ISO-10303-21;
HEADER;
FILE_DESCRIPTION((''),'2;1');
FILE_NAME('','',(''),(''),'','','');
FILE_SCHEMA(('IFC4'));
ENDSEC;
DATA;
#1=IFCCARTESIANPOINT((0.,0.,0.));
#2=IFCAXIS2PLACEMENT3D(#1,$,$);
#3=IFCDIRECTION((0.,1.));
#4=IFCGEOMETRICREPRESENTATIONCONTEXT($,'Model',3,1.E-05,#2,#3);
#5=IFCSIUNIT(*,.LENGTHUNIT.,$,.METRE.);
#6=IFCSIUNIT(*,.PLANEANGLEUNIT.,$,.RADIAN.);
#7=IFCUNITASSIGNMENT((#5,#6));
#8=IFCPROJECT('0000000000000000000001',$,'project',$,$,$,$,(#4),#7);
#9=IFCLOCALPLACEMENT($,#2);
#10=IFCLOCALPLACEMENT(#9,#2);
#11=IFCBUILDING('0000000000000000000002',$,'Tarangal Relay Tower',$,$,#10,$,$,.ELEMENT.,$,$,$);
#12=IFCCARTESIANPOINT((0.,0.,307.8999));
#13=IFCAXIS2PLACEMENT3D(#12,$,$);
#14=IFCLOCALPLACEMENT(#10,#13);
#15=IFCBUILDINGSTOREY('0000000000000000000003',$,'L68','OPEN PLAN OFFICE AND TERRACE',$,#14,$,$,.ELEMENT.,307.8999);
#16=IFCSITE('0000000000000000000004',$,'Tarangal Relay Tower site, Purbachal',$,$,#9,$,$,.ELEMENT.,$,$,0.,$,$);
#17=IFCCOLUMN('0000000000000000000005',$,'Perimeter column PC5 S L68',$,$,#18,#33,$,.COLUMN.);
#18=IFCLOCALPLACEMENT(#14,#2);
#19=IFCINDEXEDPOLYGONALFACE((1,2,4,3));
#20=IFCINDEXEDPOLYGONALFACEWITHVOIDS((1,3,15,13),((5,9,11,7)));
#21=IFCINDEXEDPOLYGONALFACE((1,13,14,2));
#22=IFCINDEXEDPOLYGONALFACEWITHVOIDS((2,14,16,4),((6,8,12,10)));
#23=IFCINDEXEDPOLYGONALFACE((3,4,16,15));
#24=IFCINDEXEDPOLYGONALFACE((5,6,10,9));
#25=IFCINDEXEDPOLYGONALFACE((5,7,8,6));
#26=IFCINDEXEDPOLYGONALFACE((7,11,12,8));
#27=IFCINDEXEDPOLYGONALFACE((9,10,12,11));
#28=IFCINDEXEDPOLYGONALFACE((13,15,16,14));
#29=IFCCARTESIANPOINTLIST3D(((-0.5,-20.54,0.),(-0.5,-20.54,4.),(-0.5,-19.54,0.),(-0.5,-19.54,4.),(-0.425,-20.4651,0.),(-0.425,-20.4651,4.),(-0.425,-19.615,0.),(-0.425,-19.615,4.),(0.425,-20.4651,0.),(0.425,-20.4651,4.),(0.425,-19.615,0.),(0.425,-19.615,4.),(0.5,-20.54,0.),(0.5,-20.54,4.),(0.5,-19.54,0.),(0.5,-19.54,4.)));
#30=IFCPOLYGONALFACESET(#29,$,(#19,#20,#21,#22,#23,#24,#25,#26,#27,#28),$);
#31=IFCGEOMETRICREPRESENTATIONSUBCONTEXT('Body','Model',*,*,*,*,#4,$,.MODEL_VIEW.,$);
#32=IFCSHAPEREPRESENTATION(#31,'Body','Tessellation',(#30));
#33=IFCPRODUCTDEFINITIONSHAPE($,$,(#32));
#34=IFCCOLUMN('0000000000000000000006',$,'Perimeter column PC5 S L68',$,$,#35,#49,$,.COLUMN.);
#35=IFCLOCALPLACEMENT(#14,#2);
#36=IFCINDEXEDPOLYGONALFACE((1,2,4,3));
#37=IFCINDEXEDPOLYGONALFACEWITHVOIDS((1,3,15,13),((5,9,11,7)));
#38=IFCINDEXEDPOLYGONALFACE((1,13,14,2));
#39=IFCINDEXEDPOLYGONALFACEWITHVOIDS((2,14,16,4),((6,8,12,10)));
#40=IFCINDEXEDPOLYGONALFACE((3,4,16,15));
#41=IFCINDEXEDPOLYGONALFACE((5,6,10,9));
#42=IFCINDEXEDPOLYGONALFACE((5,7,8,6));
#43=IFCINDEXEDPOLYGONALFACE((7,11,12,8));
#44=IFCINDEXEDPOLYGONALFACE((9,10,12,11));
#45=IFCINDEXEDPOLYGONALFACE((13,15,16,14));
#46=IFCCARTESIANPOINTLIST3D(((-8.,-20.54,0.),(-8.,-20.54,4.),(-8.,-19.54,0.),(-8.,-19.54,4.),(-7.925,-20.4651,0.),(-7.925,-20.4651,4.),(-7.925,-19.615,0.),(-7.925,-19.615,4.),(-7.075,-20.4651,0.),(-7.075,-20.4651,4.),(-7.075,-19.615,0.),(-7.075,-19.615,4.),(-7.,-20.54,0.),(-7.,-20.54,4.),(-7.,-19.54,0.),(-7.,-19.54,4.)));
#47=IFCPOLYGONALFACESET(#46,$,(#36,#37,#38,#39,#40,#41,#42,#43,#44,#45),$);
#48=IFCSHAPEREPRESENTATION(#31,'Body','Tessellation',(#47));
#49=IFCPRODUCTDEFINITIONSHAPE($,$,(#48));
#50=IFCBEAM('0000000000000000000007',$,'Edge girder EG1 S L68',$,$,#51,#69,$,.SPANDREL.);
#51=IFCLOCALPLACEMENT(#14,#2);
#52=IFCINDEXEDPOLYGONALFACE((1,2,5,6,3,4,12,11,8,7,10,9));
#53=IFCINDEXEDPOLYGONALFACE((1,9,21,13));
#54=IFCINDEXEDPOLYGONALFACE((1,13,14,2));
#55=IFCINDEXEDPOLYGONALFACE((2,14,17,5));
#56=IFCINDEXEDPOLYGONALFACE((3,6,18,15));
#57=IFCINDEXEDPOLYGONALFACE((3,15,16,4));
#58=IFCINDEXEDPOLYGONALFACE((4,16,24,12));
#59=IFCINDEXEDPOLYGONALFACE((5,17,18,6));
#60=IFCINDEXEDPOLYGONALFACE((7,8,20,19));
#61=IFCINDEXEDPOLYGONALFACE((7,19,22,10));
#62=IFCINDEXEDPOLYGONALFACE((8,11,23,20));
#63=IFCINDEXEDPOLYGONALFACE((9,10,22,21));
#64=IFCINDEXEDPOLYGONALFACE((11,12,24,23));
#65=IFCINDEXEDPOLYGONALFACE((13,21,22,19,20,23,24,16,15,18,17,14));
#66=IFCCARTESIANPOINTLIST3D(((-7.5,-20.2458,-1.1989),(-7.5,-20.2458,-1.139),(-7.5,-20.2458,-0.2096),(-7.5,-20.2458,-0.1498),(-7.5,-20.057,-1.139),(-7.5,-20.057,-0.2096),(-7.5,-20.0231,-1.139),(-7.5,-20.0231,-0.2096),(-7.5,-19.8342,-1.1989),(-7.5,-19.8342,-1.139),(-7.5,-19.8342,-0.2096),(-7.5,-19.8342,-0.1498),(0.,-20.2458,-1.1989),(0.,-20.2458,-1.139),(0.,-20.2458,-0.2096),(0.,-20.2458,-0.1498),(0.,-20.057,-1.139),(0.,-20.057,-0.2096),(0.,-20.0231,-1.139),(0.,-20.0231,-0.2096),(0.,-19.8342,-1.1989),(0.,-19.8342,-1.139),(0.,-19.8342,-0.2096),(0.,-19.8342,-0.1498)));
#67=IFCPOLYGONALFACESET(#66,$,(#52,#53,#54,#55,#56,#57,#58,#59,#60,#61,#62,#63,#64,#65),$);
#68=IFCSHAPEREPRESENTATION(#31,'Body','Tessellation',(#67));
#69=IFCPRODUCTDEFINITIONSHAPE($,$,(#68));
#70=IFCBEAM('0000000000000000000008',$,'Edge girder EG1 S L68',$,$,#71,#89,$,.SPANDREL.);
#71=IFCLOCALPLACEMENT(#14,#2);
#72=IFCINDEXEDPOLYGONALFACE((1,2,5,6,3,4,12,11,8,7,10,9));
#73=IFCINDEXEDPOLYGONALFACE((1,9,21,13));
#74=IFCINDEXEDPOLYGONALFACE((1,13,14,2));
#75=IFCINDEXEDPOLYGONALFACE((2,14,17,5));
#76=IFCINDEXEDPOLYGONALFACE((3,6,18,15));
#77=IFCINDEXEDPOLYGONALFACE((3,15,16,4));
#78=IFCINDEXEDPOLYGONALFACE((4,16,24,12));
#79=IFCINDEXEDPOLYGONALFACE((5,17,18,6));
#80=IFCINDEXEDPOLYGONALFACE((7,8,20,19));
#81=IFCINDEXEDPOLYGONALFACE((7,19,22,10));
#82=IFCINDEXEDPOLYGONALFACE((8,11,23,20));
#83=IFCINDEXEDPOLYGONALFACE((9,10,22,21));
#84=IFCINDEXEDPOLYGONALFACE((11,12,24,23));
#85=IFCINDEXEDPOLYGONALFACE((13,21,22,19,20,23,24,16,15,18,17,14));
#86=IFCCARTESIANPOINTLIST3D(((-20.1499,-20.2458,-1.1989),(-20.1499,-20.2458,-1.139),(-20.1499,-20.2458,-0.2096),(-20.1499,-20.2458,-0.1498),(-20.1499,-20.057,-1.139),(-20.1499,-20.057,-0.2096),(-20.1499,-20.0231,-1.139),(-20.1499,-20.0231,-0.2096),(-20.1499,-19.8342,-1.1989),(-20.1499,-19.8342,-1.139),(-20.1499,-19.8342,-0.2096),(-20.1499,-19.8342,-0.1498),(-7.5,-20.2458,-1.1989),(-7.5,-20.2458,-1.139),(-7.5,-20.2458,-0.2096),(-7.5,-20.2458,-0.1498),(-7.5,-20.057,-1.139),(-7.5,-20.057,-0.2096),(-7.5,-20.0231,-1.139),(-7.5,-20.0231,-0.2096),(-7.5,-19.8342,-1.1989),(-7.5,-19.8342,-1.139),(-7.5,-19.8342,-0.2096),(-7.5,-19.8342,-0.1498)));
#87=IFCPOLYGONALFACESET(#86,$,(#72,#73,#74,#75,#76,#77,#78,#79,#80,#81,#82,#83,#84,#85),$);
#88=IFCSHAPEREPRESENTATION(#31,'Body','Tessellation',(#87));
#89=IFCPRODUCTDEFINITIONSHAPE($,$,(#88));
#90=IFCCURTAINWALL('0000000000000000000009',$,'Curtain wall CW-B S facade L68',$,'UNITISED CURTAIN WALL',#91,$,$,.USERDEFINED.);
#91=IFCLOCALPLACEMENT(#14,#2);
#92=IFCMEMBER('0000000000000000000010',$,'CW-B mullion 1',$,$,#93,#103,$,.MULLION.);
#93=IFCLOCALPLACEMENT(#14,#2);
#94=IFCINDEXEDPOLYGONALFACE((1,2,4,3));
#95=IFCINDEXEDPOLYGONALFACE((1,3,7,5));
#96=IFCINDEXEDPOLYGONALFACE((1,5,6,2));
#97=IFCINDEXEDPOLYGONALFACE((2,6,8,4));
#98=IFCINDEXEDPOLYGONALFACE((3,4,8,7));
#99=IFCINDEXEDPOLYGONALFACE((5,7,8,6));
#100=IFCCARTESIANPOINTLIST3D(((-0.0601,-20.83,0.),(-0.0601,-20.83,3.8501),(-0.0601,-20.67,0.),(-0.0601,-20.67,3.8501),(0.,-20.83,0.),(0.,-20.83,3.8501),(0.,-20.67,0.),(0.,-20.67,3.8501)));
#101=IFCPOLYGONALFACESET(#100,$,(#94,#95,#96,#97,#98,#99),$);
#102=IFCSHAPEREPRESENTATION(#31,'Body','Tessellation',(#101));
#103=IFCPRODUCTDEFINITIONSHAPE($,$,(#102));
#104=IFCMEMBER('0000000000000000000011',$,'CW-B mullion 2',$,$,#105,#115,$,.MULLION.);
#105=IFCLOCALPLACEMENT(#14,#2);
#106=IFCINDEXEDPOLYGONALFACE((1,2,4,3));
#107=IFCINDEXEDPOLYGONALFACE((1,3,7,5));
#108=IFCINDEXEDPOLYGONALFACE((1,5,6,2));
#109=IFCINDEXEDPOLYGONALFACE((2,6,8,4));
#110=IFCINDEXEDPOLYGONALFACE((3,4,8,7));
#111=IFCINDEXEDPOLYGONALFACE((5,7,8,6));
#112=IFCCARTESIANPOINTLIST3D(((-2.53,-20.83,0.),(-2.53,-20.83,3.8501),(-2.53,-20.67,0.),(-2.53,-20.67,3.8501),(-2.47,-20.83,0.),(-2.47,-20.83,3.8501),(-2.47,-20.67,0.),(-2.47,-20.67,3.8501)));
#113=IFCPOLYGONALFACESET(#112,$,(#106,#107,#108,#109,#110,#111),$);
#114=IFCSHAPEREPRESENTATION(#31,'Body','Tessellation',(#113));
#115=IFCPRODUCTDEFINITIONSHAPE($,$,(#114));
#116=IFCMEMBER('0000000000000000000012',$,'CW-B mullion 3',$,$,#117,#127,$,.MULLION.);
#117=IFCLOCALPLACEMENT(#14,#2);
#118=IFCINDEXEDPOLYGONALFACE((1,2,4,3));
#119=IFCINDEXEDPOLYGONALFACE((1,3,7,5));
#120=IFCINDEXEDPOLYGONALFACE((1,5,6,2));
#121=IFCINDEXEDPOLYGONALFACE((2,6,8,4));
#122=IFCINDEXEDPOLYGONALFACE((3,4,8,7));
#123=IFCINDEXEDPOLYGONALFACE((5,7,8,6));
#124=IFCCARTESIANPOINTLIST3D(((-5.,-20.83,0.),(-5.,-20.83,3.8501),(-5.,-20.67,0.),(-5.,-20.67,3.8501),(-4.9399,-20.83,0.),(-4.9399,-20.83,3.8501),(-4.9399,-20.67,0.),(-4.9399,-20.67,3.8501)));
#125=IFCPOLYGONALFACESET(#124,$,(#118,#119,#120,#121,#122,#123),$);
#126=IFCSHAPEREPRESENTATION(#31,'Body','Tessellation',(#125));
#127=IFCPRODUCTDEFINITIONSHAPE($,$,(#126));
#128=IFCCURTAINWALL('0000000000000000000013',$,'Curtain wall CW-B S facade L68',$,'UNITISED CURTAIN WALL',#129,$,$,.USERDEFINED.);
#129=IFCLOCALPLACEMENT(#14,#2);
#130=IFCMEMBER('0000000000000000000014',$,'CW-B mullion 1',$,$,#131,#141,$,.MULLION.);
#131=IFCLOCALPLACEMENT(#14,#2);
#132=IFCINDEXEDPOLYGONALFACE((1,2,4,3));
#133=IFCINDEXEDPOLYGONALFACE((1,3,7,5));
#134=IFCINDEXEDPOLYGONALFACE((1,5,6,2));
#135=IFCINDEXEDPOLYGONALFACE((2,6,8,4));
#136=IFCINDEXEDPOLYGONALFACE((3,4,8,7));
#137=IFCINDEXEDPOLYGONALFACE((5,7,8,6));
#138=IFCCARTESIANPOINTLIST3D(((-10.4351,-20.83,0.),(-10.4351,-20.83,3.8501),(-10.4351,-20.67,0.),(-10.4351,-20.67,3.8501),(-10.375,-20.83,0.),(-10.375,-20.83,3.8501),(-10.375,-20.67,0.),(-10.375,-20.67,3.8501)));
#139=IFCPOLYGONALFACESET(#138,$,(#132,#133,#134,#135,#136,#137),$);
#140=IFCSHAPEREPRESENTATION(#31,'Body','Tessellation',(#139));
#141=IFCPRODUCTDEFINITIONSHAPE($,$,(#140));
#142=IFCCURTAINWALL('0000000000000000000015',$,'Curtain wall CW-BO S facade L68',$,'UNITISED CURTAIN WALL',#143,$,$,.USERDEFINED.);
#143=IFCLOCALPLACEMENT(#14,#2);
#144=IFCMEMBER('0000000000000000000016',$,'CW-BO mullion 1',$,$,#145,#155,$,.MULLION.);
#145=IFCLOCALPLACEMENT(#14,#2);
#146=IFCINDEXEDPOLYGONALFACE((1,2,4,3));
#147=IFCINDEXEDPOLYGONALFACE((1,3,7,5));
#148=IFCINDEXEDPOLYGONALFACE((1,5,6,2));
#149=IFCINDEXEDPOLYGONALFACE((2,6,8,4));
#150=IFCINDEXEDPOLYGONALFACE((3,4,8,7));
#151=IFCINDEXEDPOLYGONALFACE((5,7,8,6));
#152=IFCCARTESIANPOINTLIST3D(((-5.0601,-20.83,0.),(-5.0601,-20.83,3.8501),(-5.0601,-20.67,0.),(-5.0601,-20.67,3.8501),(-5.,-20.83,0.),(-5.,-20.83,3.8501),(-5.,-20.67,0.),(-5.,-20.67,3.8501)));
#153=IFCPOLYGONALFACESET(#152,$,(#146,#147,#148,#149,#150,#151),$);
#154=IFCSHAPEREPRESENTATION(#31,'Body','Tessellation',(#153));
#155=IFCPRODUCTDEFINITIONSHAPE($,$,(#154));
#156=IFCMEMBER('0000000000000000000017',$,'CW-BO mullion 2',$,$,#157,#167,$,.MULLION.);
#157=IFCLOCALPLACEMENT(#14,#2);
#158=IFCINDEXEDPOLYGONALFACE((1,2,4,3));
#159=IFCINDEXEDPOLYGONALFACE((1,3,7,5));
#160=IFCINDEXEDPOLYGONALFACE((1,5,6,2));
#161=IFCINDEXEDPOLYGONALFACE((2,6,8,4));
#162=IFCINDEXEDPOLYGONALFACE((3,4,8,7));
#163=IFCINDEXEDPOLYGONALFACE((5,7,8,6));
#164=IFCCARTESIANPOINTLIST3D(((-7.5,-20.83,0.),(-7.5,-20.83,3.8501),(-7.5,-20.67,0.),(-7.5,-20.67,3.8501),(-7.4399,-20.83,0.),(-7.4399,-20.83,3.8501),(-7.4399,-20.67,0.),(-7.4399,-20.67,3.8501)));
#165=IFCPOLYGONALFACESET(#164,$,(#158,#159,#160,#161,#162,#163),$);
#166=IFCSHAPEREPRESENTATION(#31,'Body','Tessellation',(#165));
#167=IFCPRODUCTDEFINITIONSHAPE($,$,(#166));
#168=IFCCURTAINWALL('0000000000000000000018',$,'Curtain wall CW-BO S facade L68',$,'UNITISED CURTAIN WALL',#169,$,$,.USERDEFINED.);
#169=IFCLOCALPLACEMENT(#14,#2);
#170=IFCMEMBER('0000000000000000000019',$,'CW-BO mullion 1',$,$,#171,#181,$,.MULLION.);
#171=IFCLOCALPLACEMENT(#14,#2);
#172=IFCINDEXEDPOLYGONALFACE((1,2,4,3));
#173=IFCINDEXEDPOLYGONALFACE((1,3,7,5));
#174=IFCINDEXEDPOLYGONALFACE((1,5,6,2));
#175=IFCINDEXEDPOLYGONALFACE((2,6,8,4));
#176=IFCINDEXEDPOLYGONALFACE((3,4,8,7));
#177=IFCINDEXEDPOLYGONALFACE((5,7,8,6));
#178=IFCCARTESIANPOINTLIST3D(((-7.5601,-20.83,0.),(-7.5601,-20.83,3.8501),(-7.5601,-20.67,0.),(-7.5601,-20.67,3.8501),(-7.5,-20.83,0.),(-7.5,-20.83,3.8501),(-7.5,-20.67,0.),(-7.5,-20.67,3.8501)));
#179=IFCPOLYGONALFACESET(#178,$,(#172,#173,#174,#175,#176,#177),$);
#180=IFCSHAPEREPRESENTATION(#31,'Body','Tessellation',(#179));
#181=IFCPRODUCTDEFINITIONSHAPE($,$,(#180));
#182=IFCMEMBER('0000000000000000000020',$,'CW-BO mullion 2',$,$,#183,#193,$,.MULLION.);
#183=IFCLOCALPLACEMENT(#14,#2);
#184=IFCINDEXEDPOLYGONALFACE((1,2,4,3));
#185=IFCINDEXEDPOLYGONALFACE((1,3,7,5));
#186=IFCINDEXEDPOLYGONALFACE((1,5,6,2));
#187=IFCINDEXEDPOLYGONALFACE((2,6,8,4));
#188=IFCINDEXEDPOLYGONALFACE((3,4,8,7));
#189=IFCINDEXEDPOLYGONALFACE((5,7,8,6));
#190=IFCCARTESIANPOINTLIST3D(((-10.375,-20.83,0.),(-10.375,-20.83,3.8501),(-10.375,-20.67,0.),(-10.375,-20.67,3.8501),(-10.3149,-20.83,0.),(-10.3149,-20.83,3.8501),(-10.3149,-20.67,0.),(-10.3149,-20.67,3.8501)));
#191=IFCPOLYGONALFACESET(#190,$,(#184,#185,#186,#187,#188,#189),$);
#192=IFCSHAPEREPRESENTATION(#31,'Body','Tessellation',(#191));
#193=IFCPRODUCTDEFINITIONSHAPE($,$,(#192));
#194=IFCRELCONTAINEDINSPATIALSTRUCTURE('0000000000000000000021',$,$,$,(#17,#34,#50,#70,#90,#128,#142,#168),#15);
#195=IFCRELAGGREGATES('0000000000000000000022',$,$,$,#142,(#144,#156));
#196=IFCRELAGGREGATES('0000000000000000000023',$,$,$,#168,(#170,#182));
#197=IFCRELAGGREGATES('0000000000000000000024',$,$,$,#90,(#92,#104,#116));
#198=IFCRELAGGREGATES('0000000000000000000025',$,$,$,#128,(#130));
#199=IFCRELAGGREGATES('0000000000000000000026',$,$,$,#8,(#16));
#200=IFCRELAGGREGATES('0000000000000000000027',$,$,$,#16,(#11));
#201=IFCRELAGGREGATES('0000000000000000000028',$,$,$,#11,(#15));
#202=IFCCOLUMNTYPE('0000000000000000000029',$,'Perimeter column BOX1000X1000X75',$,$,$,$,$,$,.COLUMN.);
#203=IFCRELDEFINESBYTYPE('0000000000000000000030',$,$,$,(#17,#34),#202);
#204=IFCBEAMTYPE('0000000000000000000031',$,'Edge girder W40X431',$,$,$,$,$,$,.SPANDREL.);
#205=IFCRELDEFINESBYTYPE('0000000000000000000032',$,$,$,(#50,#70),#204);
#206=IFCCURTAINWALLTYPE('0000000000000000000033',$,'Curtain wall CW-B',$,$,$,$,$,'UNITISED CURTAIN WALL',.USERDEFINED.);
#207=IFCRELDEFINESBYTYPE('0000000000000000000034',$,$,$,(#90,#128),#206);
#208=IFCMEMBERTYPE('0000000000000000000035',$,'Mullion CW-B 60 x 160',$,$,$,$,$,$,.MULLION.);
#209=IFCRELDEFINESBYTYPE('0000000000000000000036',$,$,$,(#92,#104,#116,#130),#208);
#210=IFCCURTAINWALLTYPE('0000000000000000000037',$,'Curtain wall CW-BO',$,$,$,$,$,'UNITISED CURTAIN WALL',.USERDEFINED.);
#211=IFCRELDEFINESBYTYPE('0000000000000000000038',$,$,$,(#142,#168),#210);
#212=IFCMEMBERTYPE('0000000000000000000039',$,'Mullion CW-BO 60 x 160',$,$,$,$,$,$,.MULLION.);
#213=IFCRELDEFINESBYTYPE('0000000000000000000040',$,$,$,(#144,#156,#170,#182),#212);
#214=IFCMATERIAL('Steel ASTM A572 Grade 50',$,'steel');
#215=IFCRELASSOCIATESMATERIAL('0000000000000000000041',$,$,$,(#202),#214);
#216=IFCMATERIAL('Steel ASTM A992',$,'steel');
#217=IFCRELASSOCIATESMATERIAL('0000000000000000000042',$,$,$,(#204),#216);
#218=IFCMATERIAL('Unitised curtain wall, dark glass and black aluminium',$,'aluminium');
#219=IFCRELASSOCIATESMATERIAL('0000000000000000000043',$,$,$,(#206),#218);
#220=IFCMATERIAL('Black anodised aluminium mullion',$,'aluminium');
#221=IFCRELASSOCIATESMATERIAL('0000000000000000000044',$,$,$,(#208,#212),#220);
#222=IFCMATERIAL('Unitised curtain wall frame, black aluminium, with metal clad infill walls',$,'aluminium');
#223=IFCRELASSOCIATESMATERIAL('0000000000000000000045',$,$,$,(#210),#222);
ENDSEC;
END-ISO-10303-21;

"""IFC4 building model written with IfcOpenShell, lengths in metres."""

from ifc_helpers import new_model, si_unit, direction, frame, origin, origin_2d, place, context, subcontext, project, spatial, rectangle, hollow_rectangle, i_section, extrude, material, material_profile, profile_set, type_object, element, aggregate, save


model = new_model("IFC4")

# Units and contexts
model_context = context("Model", 3, precision=1e-05, world=origin(), true_north=direction((0.0, 1.0)))
body_context = subcontext(model_context, "Body", "Model", "MODEL_VIEW")
ifc_project = project(units=[si_unit("LENGTHUNIT", "METRE"), si_unit("PLANEANGLEUNIT", "RADIAN")], contexts=[model_context])

# Site, building, storey
site_placement = place(None, origin())
site = spatial("IfcSite", under=ifc_project, at=site_placement, Name="Tarangal Relay Tower site, Purbachal", CompositionType="ELEMENT", RefElevation=0.0)
building_placement = place(site_placement, origin())
building = spatial("IfcBuilding", under=site, at=building_placement, Name="Tarangal Relay Tower", CompositionType="ELEMENT")
storey_placement = place(building_placement, frame((0.0, 0.0, 307.8999)))
storey = spatial("IfcBuildingStorey", under=building, at=storey_placement, Name="L68", Description="OPEN PLAN OFFICE AND TERRACE", CompositionType="ELEMENT", Elevation=307.8999)

# Columns
ifc_material_1 = material(Name="Steel ASTM A572 Grade 50", Category="steel")
ifc_material_profile_1 = material_profile(ifc_material_1, hollow_rectangle(XDim=1.0, YDim=1.0, WallThickness=0.075, at=origin_2d()), Name="BOX1000X1000X75")
ifc_profile_set_1 = profile_set([ifc_material_profile_1], Name="Steel ASTM A572 Grade 50")
column_type = type_object("IfcColumnType", Name="Perimeter column BOX1000X1000X75", PredefinedType="COLUMN", material=ifc_profile_set_1)
for number, where, z_axis, x_axis, name in (
    (1, (0.0, -20.04, 0.0), (0.0, 0.0, 1.0), (1.0, 0.0, 0.0), "Perimeter column PC5 S L68"),
    (2, (-7.5, -20.04, 0.0), (0.0, 0.0, 1.0), (1.0, 0.0, 0.0), "Perimeter column PC5 S L68"),
):
    element("IfcColumn", number, at=place(storey_placement, frame(where, z_axis=z_axis, x_axis=x_axis)), inside=storey, type_object=column_type, Name=name, PredefinedType="COLUMN", context=body_context, shape_type="SweptSolid", body=[
        extrude(hollow_rectangle(XDim=1.0, YDim=1.0, WallThickness=0.075, at=origin_2d()), origin(), (0.0, 0.0, 1.0), 4.0),
    ])

# Beams
ifc_material_2 = material(Name="Steel ASTM A992", Category="steel")
ifc_material_profile_2 = material_profile(ifc_material_2, i_section(OverallWidth=0.4116, OverallDepth=1.0491, WebThickness=0.0339, FlangeThickness=0.0598, at=origin_2d()), Name="W40X431")
ifc_profile_set_2 = profile_set([ifc_material_profile_2], Name="Steel ASTM A992")
beam_type = type_object("IfcBeamType", Name="Edge girder W40X431", PredefinedType="SPANDREL", material=ifc_profile_set_2)
beam_1_placement = place(storey_placement, frame((0.0, -20.04, -0.6743), z_axis=(-1.0, 0.0, 0.0), x_axis=(0.0, -1.0, 0.0)))
element("IfcBeam", 3, at=beam_1_placement, inside=storey, type_object=beam_type, Name="Edge girder EG1 S L68", PredefinedType="SPANDREL", context=body_context, shape_type="SweptSolid", body=[
    extrude(i_section(OverallWidth=0.4116, OverallDepth=1.0491, WebThickness=0.0339, FlangeThickness=0.0598, at=origin_2d()), origin(), (0.0, 0.0, 1.0), 7.5),
])
beam_2_placement = place(storey_placement, frame((-7.5, -20.04, -0.6743), z_axis=(-1.0, 0.0, 0.0), x_axis=(0.0, -1.0, 0.0)))
element("IfcBeam", 4, at=beam_2_placement, inside=storey, type_object=beam_type, Name="Edge girder EG1 S L68", PredefinedType="SPANDREL", context=body_context, shape_type="SweptSolid", body=[
    extrude(i_section(OverallWidth=0.4116, OverallDepth=1.0491, WebThickness=0.0339, FlangeThickness=0.0598, at=origin_2d()), origin(), (0.0, 0.0, 1.0), 12.6499),
])

# Curtain wall, members
ifc_material_3 = material(Name="Unitised curtain wall, dark glass and black aluminium", Category="aluminium")
curtain_wall_type_1 = type_object("IfcCurtainWallType", Name="Curtain wall CW-B", ElementType="UNITISED CURTAIN WALL", PredefinedType="USERDEFINED", material=ifc_material_3)
curtain_wall_1_placement = place(storey_placement, origin())
curtain_wall_1 = element("IfcCurtainWall", 5, at=curtain_wall_1_placement, inside=storey, type_object=curtain_wall_type_1, Name="Curtain wall CW-B S facade L68", ObjectType="UNITISED CURTAIN WALL", PredefinedType="USERDEFINED")
ifc_material_4 = material(Name="Black anodised aluminium mullion", Category="aluminium")
ifc_material_profile_3 = material_profile(ifc_material_4, rectangle(XDim=0.1599, YDim=0.0601, at=origin_2d()), Name="CW-BM 60X160")
ifc_profile_set_3 = profile_set([ifc_material_profile_3], Name="Black anodised aluminium mullion")
member_type_1 = type_object("IfcMemberType", Name="Mullion CW-B 60 x 160", PredefinedType="MULLION", material=ifc_profile_set_3)
member_1_placement = place(storey_placement, frame((-0.03, -20.75, 0.0), z_axis=(0.0, 0.0, 1.0), x_axis=(0.0, -1.0, 0.0)))
member_1 = element("IfcMember", 6, at=member_1_placement, type_object=member_type_1, Name="CW-B mullion 1", PredefinedType="MULLION", context=body_context, shape_type="SweptSolid", body=[
    extrude(rectangle(XDim=0.1599, YDim=0.0601, at=origin_2d()), origin(), (0.0, 0.0, 1.0), 3.8501),
])
member_2_placement = place(storey_placement, frame((-2.5, -20.75, 0.0), z_axis=(0.0, 0.0, 1.0), x_axis=(0.0, -1.0, 0.0)))
member_2 = element("IfcMember", 7, at=member_2_placement, type_object=member_type_1, Name="CW-B mullion 2", PredefinedType="MULLION", context=body_context, shape_type="SweptSolid", body=[
    extrude(rectangle(XDim=0.1599, YDim=0.0601, at=origin_2d()), origin(), (0.0, 0.0, 1.0), 3.8501),
])
member_3_placement = place(storey_placement, frame((-4.97, -20.75, 0.0), z_axis=(0.0, 0.0, 1.0), x_axis=(0.0, -1.0, 0.0)))
member_3 = element("IfcMember", 8, at=member_3_placement, type_object=member_type_1, Name="CW-B mullion 3", PredefinedType="MULLION", context=body_context, shape_type="SweptSolid", body=[
    extrude(rectangle(XDim=0.1599, YDim=0.0601, at=origin_2d()), origin(), (0.0, 0.0, 1.0), 3.8501),
])

# Curtain wall, member
curtain_wall_2_placement = place(storey_placement, origin())
curtain_wall_2 = element("IfcCurtainWall", 9, at=curtain_wall_2_placement, inside=storey, type_object=curtain_wall_type_1, Name="Curtain wall CW-B S facade L68", ObjectType="UNITISED CURTAIN WALL", PredefinedType="USERDEFINED")
member_4_placement = place(storey_placement, frame((-10.405, -20.75, 0.0), z_axis=(0.0, 0.0, 1.0), x_axis=(0.0, -1.0, 0.0)))
member_4 = element("IfcMember", 10, at=member_4_placement, type_object=member_type_1, Name="CW-B mullion 1", PredefinedType="MULLION", context=body_context, shape_type="SweptSolid", body=[
    extrude(rectangle(XDim=0.1599, YDim=0.0601, at=origin_2d()), origin(), (0.0, 0.0, 1.0), 3.8501),
])

# Curtain walls, members
ifc_material_5 = material(Name="Unitised curtain wall frame, black aluminium, with metal clad infill walls", Category="aluminium")
curtain_wall_type_2 = type_object("IfcCurtainWallType", Name="Curtain wall CW-BO", ElementType="UNITISED CURTAIN WALL", PredefinedType="USERDEFINED", material=ifc_material_5)
curtain_wall_3_placement = place(storey_placement, origin())
curtain_wall_3 = element("IfcCurtainWall", 11, at=curtain_wall_3_placement, inside=storey, type_object=curtain_wall_type_2, Name="Curtain wall CW-BO S facade L68", ObjectType="UNITISED CURTAIN WALL", PredefinedType="USERDEFINED")
ifc_material_profile_4 = material_profile(ifc_material_4, rectangle(XDim=0.1599, YDim=0.0601, at=origin_2d()), Name="CW-BOM 60X160")
ifc_profile_set_4 = profile_set([ifc_material_profile_4], Name="Black anodised aluminium mullion")
member_type_2 = type_object("IfcMemberType", Name="Mullion CW-BO 60 x 160", PredefinedType="MULLION", material=ifc_profile_set_4)
member_5_placement = place(storey_placement, frame((-5.03, -20.75, 0.0), z_axis=(0.0, 0.0, 1.0), x_axis=(0.0, -1.0, 0.0)))
member_5 = element("IfcMember", 12, at=member_5_placement, type_object=member_type_2, Name="CW-BO mullion 1", PredefinedType="MULLION", context=body_context, shape_type="SweptSolid", body=[
    extrude(rectangle(XDim=0.1599, YDim=0.0601, at=origin_2d()), origin(), (0.0, 0.0, 1.0), 3.8501),
])
member_6_placement = place(storey_placement, frame((-7.47, -20.75, 0.0), z_axis=(0.0, 0.0, 1.0), x_axis=(0.0, -1.0, 0.0)))
member_6 = element("IfcMember", 13, at=member_6_placement, type_object=member_type_2, Name="CW-BO mullion 2", PredefinedType="MULLION", context=body_context, shape_type="SweptSolid", body=[
    extrude(rectangle(XDim=0.1599, YDim=0.0601, at=origin_2d()), origin(), (0.0, 0.0, 1.0), 3.8501),
])
curtain_wall_4_placement = place(storey_placement, origin())
curtain_wall_4 = element("IfcCurtainWall", 14, at=curtain_wall_4_placement, inside=storey, type_object=curtain_wall_type_2, Name="Curtain wall CW-BO S facade L68", ObjectType="UNITISED CURTAIN WALL", PredefinedType="USERDEFINED")
member_7_placement = place(storey_placement, frame((-7.53, -20.75, 0.0), z_axis=(0.0, 0.0, 1.0), x_axis=(0.0, -1.0, 0.0)))
member_7 = element("IfcMember", 15, at=member_7_placement, type_object=member_type_2, Name="CW-BO mullion 1", PredefinedType="MULLION", context=body_context, shape_type="SweptSolid", body=[
    extrude(rectangle(XDim=0.1599, YDim=0.0601, at=origin_2d()), origin(), (0.0, 0.0, 1.0), 3.8501),
])
member_8_placement = place(storey_placement, frame((-10.345, -20.75, 0.0), z_axis=(0.0, 0.0, 1.0), x_axis=(0.0, -1.0, 0.0)))
member_8 = element("IfcMember", 16, at=member_8_placement, type_object=member_type_2, Name="CW-BO mullion 2", PredefinedType="MULLION", context=body_context, shape_type="SweptSolid", body=[
    extrude(rectangle(XDim=0.1599, YDim=0.0601, at=origin_2d()), origin(), (0.0, 0.0, 1.0), 3.8501),
])

aggregate(curtain_wall_3, [member_5, member_6])
aggregate(curtain_wall_4, [member_7, member_8])

aggregate(curtain_wall_1, [member_1, member_2, member_3])
aggregate(curtain_wall_2, [member_4])

save(model, "model.ifc")
